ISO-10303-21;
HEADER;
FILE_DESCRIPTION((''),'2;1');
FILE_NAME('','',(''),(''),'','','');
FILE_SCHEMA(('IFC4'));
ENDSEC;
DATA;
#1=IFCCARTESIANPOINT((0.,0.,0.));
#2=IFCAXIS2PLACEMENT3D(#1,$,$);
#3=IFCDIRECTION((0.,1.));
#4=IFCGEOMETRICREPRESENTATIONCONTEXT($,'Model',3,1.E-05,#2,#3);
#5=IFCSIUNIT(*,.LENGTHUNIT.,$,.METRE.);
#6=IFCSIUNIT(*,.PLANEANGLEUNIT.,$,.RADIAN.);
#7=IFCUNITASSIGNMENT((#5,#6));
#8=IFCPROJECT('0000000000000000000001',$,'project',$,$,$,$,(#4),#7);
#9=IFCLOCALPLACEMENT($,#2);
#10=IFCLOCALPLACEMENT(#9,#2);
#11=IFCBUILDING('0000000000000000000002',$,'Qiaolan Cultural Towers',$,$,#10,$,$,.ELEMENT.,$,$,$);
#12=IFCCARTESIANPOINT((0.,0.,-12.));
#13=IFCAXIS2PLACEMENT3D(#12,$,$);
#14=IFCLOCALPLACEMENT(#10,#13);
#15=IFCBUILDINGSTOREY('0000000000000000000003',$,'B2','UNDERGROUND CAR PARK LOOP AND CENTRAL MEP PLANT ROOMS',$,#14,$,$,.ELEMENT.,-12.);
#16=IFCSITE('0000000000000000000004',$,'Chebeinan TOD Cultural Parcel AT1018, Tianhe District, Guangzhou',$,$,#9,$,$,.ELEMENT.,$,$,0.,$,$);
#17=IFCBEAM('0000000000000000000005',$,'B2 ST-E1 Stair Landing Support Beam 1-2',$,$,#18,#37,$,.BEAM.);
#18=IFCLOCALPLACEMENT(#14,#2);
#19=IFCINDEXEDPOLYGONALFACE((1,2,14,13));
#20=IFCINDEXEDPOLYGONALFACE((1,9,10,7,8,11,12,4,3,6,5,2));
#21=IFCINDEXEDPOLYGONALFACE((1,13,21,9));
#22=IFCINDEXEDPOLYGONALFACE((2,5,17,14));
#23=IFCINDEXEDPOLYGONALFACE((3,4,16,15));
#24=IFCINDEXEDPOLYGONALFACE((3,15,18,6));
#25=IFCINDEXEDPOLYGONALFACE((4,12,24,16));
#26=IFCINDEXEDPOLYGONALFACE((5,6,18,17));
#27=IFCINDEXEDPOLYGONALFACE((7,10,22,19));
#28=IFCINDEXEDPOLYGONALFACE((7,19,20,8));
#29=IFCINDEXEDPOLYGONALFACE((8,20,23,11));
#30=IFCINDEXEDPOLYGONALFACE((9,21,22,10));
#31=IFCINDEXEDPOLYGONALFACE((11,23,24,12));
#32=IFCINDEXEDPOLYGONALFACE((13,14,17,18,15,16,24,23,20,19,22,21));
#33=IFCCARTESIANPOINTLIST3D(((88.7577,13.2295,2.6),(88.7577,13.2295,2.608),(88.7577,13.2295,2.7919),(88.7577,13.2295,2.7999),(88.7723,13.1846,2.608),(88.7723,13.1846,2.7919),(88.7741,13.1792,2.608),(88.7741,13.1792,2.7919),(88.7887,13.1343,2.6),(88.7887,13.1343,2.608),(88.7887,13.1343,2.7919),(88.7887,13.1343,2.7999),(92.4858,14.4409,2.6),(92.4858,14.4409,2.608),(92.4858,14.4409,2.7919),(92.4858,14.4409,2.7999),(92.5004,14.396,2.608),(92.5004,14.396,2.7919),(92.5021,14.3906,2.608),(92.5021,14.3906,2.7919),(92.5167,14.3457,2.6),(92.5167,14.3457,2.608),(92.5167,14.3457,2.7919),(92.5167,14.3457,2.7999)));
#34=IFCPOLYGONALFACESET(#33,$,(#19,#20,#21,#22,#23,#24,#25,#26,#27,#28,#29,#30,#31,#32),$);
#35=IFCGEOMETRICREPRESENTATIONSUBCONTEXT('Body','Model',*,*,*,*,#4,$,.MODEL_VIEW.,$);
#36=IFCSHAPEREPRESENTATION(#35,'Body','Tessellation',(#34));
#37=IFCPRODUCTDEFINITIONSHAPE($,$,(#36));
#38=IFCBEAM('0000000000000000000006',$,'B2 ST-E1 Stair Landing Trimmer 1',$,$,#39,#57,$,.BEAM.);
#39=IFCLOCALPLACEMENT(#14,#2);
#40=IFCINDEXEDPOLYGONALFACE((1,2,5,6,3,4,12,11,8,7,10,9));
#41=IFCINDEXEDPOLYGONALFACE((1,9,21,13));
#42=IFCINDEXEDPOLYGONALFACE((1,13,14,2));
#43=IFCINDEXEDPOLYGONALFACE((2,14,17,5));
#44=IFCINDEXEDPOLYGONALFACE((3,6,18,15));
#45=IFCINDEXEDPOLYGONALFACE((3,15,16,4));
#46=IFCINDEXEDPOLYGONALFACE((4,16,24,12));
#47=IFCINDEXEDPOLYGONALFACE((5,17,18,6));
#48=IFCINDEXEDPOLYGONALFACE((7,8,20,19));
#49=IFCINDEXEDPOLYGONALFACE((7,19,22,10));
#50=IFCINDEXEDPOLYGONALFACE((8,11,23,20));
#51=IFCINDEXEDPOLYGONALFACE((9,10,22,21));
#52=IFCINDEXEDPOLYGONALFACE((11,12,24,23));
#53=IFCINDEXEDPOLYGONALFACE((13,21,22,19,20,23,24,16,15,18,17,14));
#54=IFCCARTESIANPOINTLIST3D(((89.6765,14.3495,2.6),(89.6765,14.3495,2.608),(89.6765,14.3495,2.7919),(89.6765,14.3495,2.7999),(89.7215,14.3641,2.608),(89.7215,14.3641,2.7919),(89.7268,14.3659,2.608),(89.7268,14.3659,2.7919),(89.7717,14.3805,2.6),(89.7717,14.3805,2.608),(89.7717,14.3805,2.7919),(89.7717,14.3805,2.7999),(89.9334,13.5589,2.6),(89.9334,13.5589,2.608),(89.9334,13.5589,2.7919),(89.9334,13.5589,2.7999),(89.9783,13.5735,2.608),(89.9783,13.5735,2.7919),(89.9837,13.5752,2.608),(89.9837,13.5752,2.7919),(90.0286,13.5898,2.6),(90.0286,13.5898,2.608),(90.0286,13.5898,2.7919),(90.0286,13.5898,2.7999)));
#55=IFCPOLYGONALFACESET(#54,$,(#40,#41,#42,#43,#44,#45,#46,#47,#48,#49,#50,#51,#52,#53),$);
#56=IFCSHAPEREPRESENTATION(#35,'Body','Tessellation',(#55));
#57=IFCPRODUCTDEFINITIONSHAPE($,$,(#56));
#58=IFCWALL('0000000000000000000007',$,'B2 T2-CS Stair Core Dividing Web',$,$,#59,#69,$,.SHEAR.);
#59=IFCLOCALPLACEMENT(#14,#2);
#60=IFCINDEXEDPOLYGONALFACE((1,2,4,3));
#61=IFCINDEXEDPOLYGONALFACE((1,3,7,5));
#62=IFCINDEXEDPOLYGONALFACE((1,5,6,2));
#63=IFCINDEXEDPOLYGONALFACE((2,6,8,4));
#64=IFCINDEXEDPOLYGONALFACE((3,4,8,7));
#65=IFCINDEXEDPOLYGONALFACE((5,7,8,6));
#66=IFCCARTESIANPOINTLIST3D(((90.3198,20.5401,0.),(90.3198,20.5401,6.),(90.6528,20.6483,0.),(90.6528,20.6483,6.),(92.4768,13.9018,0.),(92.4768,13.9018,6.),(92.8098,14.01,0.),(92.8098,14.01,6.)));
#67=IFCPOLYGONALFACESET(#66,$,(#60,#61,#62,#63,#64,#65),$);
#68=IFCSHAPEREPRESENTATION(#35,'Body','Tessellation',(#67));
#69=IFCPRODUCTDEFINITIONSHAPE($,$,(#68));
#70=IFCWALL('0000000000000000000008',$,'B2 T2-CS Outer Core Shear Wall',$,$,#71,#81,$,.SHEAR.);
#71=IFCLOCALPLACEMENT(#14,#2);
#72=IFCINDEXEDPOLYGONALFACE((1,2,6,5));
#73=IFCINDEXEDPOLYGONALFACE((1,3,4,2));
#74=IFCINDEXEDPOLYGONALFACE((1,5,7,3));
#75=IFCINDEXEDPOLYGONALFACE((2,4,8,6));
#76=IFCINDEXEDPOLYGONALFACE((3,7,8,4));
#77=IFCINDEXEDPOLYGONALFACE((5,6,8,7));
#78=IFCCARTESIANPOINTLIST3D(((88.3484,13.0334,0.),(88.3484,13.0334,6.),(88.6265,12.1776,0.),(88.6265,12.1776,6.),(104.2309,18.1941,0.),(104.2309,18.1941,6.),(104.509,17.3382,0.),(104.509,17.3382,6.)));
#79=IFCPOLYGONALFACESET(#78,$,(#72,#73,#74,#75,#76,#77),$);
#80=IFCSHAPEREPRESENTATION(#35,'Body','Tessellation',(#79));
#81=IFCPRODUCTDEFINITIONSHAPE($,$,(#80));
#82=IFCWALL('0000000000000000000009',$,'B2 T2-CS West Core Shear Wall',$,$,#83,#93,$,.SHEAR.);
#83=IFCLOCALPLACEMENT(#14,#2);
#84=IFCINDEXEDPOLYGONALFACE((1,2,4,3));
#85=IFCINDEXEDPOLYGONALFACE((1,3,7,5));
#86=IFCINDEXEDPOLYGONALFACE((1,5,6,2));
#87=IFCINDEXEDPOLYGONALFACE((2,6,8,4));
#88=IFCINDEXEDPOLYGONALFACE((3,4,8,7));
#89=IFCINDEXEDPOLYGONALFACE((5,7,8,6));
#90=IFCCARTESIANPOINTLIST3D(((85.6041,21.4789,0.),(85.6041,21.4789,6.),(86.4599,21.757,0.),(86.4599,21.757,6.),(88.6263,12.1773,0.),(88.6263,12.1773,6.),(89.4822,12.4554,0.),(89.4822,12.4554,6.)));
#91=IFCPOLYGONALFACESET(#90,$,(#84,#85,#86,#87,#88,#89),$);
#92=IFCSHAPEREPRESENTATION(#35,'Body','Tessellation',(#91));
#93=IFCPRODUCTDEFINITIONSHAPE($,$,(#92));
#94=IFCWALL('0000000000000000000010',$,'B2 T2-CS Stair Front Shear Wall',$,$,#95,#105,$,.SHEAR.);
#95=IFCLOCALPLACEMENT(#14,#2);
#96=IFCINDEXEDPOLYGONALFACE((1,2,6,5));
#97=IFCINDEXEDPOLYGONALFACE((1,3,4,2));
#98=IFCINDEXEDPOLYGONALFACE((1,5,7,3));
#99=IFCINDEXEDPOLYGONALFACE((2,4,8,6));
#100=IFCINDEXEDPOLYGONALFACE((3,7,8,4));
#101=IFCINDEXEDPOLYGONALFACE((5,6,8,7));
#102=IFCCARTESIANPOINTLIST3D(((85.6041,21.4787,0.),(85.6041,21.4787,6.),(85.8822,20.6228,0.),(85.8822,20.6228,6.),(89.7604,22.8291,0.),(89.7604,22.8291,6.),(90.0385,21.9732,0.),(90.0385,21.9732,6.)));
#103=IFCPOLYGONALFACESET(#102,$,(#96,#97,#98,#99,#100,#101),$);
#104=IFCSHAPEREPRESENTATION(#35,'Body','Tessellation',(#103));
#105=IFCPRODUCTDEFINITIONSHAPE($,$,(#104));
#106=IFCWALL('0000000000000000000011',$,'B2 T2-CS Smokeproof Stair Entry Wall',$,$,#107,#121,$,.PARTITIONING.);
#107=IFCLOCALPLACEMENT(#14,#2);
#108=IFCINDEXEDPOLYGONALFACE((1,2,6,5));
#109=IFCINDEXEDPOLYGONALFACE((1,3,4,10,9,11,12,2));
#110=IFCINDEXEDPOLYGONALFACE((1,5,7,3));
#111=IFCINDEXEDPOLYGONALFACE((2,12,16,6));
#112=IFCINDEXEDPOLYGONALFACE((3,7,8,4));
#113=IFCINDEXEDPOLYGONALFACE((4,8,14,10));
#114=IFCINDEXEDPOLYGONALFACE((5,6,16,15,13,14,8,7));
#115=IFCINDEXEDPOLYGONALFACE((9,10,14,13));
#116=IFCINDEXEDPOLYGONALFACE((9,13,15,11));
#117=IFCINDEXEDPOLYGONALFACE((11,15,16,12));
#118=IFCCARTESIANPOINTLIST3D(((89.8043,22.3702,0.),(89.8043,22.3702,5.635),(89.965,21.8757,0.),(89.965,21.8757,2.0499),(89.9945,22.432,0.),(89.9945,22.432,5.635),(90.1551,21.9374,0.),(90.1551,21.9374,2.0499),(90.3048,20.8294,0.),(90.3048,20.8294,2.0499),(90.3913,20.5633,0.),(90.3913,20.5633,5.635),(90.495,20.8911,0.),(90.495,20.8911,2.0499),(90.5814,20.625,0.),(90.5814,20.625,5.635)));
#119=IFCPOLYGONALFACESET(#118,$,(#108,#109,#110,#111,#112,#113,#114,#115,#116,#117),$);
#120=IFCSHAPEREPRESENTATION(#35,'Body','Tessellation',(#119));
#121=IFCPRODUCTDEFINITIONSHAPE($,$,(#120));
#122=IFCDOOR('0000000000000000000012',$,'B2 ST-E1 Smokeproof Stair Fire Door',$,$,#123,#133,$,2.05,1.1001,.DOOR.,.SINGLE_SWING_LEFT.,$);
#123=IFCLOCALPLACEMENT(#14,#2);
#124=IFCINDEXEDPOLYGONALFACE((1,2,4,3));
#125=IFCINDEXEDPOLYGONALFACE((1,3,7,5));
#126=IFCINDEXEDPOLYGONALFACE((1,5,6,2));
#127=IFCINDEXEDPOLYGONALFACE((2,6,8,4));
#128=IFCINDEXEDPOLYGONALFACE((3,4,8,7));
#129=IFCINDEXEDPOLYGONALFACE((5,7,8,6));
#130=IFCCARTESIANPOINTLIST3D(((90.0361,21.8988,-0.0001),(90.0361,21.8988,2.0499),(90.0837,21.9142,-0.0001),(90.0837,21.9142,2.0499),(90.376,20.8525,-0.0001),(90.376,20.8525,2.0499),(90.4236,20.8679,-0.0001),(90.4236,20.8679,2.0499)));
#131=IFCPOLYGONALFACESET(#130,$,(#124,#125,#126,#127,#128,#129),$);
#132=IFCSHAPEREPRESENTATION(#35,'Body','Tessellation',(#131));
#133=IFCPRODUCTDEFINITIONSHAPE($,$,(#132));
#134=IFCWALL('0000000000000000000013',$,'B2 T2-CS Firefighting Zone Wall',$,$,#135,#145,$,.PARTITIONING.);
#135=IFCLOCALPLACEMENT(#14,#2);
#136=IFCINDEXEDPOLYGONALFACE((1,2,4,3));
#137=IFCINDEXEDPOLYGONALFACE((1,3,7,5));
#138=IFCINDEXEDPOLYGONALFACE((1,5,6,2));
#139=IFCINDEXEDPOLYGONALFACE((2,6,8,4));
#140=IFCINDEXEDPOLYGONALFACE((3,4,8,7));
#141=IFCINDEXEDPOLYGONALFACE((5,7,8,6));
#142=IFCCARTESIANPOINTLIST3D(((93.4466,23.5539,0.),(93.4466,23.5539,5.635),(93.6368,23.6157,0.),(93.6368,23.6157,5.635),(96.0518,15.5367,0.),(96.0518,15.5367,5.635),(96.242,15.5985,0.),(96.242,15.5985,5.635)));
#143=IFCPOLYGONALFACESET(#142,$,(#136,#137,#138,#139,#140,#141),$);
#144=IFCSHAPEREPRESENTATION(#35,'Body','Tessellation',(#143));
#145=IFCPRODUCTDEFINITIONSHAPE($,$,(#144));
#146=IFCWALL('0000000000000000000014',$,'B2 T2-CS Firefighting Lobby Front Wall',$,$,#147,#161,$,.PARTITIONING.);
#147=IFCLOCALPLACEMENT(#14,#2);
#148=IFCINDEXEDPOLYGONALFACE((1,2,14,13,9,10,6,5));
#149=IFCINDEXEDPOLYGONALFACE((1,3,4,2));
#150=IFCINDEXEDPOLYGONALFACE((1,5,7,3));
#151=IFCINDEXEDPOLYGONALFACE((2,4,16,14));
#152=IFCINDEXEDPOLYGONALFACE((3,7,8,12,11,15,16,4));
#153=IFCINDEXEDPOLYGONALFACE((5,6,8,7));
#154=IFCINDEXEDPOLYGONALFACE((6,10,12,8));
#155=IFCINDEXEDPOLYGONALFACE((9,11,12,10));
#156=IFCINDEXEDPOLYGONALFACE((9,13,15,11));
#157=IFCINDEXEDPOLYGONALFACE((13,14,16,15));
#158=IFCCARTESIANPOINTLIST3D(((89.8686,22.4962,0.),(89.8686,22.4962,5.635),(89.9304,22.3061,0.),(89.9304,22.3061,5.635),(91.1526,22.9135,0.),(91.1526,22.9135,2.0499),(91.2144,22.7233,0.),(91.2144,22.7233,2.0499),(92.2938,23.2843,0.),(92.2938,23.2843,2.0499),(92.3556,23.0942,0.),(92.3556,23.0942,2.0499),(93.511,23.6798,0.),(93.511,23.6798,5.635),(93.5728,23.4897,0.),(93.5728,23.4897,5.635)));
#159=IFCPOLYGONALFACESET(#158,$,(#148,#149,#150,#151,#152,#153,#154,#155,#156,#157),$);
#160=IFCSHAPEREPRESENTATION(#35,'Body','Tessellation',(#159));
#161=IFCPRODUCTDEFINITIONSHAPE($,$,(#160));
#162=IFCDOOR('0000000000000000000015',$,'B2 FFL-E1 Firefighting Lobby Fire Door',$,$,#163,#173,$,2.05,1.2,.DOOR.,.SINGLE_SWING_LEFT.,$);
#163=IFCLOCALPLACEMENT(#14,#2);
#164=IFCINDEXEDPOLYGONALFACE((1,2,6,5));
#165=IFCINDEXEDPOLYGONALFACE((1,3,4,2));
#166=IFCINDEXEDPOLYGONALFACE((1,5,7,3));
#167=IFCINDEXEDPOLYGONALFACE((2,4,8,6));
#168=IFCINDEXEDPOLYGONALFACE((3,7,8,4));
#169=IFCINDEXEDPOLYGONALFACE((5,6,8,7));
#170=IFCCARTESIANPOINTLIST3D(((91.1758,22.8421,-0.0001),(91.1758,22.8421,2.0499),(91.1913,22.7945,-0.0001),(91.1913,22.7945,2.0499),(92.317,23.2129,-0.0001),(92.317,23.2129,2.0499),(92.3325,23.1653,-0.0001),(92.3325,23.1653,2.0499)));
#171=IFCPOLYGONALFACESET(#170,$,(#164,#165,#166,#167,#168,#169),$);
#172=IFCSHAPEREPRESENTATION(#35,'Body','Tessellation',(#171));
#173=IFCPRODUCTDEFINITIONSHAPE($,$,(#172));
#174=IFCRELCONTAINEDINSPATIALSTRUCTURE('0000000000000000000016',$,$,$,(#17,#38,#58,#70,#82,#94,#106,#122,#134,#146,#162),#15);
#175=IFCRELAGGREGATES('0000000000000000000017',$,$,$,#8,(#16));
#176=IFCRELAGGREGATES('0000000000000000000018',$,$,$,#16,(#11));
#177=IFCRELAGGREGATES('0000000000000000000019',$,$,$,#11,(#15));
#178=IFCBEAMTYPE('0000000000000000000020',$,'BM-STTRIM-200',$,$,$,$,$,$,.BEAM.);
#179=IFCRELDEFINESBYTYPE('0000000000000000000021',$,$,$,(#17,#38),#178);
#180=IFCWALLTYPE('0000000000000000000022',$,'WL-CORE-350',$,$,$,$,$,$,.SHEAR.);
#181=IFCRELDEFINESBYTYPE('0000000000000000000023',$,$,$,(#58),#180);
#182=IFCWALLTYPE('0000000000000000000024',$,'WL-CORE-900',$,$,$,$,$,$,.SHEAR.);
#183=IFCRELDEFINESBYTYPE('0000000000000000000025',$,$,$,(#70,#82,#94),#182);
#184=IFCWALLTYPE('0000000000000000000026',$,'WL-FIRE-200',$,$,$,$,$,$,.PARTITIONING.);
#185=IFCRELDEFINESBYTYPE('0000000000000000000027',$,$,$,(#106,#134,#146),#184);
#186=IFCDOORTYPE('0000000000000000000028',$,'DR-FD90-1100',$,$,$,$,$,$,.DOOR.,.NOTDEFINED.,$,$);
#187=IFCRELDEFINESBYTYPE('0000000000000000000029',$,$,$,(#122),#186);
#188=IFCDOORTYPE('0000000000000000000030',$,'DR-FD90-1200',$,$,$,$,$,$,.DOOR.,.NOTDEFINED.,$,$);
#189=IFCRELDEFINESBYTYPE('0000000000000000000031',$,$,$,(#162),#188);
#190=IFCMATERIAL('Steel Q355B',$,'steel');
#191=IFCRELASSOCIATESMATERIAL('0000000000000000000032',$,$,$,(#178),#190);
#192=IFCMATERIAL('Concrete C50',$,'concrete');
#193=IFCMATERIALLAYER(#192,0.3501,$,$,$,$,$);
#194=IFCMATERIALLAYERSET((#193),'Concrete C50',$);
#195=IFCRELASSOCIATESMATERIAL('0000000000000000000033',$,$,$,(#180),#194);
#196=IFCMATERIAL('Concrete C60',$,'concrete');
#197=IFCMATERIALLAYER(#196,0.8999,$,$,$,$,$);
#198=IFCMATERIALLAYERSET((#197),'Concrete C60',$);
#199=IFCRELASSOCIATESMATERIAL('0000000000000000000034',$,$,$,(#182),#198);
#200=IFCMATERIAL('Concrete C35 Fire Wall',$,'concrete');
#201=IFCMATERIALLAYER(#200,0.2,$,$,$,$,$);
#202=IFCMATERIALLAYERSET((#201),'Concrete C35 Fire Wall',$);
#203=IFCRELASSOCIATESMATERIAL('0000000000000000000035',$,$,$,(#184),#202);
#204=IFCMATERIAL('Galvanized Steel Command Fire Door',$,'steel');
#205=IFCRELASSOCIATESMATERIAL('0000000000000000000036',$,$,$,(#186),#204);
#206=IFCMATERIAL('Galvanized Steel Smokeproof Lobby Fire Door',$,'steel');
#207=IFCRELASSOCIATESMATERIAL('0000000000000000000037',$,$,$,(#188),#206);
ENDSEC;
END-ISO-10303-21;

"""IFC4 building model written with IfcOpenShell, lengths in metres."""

from ifc_helpers import new_model, si_unit, direction, frame, frame_2d, origin, origin_2d, place, context, subcontext, project, spatial, rectangle, i_section, extrude, material, layer, layer_set, material_profile, profile_set, type_object, element, fill, save


model = new_model("IFC4")

# Units and contexts
model_context = context("Model", 3, precision=1e-05, world=origin(), true_north=direction((0.0, 1.0)))
body_context = subcontext(model_context, "Body", "Model", "MODEL_VIEW")
ifc_project = project(units=[si_unit("LENGTHUNIT", "METRE"), si_unit("PLANEANGLEUNIT", "RADIAN")], contexts=[model_context])

# Site, building, storey
site_placement = place(None, origin())
site = spatial("IfcSite", under=ifc_project, at=site_placement, Name="Chebeinan TOD Cultural Parcel AT1018, Tianhe District, Guangzhou", CompositionType="ELEMENT", RefElevation=0.0)
building_placement = place(site_placement, origin())
building = spatial("IfcBuilding", under=site, at=building_placement, Name="Qiaolan Cultural Towers", CompositionType="ELEMENT")
storey_placement = place(building_placement, frame((0.0, 0.0, -12.0)))
storey = spatial("IfcBuildingStorey", under=building, at=storey_placement, Name="B2", Description="UNDERGROUND CAR PARK LOOP AND CENTRAL MEP PLANT ROOMS", CompositionType="ELEMENT", Elevation=-12.0)

# Beams
ifc_material_1 = material(Name="Steel Q355B", Category="steel")
ifc_material_profile_1 = material_profile(ifc_material_1, i_section(OverallWidth=0.1001, OverallDepth=0.2, WebThickness=0.0056, FlangeThickness=0.0081, at=origin_2d()), Name="HN200x100x5.5x8")
ifc_profile_set_1 = profile_set([ifc_material_profile_1], Name="Steel Q355B")
beam_type = type_object("IfcBeamType", Name="BM-STTRIM-200", PredefinedType="BEAM", material=ifc_profile_set_1)
beam_1_placement = place(storey_placement, frame((88.7732, 13.1819, 2.7), z_axis=(0.951048, 0.309044, 0.0), x_axis=(-0.309044, 0.951048, 0.0)))
element("IfcBeam", 1, at=beam_1_placement, inside=storey, type_object=beam_type, Name="B2 ST-E1 Stair Landing Support Beam 1-2", PredefinedType="BEAM", context=body_context, shape_type="SweptSolid", body=[
    extrude(i_section(OverallWidth=0.1001, OverallDepth=0.2, WebThickness=0.0056, FlangeThickness=0.0081, at=origin_2d()), origin(), (0.0, 0.0, 1.0), 3.9199),
])
beam_2_placement = place(storey_placement, frame((89.7241, 14.365, 2.7), z_axis=(0.308993, -0.951064, 0.0), x_axis=(0.951064, 0.308993, 0.0)))
element("IfcBeam", 2, at=beam_2_placement, inside=storey, type_object=beam_type, Name="B2 ST-E1 Stair Landing Trimmer 1", PredefinedType="BEAM", context=body_context, shape_type="SweptSolid", body=[
    extrude(i_section(OverallWidth=0.1001, OverallDepth=0.2, WebThickness=0.0056, FlangeThickness=0.0081, at=origin_2d()), origin(), (0.0, 0.0, 1.0), 0.8313),
])

# Walls
ifc_material_2 = material(Name="Concrete C50", Category="concrete")
ifc_layer_1 = layer(ifc_material_2, 0.3501)
ifc_layer_set_1 = layer_set([ifc_layer_1], Name="Concrete C50")
wall_type_1 = type_object("IfcWallType", Name="WL-CORE-350", PredefinedType="SHEAR", material=ifc_layer_set_1)
wall_1_placement = place(storey_placement, frame((90.4863, 20.5942, 0.0), z_axis=(0.0, 0.0, 1.0), x_axis=(0.30902, -0.951055, 0.0)))
element("IfcWall", 3, at=wall_1_placement, inside=storey, type_object=wall_type_1, Name="B2 T2-CS Stair Core Dividing Web", PredefinedType="SHEAR", context=body_context, shape_type="SweptSolid", body=[
    extrude(rectangle(XDim=6.98, YDim=0.3501, at=frame_2d((3.49, 0.0))), origin(), (0.0, 0.0, 1.0), 6.0),
])
ifc_material_3 = material(Name="Concrete C60", Category="concrete")
ifc_layer_2 = layer(ifc_material_3, 0.8999)
ifc_layer_set_2 = layer_set([ifc_layer_2], Name="Concrete C60")
wall_type_2 = type_object("IfcWallType", Name="WL-CORE-900", PredefinedType="SHEAR", material=ifc_layer_set_2)
wall_2_placement = place(storey_placement, frame((88.4873, 12.6055, 0.0), z_axis=(0.0, 0.0, 1.0), x_axis=(0.951055, 0.309022, 0.0)))
element("IfcWall", 4, at=wall_2_placement, inside=storey, type_object=wall_type_2, Name="B2 T2-CS Outer Core Shear Wall", PredefinedType="SHEAR", context=body_context, shape_type="SweptSolid", body=[
    extrude(rectangle(XDim=16.7, YDim=0.8999, at=frame_2d((8.3501, 0.0))), origin(), (0.0, 0.0, 1.0), 6.0),
])
wall_3_placement = place(storey_placement, frame((86.032, 21.6179, 0.0), z_axis=(0.0, 0.0, 1.0), x_axis=(0.309014, -0.951057, 0.0)))
element("IfcWall", 5, at=wall_3_placement, inside=storey, type_object=wall_type_2, Name="B2 T2-CS West Core Shear Wall", PredefinedType="SHEAR", context=body_context, shape_type="SweptSolid", body=[
    extrude(rectangle(XDim=9.7803, YDim=0.8999, at=frame_2d((4.8901, 0.0))), origin(), (0.0, 0.0, 1.0), 6.0),
])
wall_4_placement = place(storey_placement, frame((85.7432, 21.0508, 0.0), z_axis=(0.0, 0.0, 1.0), x_axis=(0.951064, 0.308995, 0.0)))
element("IfcWall", 6, at=wall_4_placement, inside=storey, type_object=wall_type_2, Name="B2 T2-CS Stair Front Shear Wall", PredefinedType="SHEAR", context=body_context, shape_type="SweptSolid", body=[
    extrude(rectangle(XDim=4.3701, YDim=0.8999, at=frame_2d((2.1851, 0.0))), origin(), (0.0, 0.0, 1.0), 6.0),
])

# Wall, opening, door
ifc_material_4 = material(Name="Concrete C35 Fire Wall", Category="concrete")
ifc_layer_3 = layer(ifc_material_4, 0.2)
ifc_layer_set_3 = layer_set([ifc_layer_3], Name="Concrete C35 Fire Wall")
wall_type_3 = type_object("IfcWallType", Name="WL-FIRE-200", PredefinedType="PARTITIONING", material=ifc_layer_set_3)
wall_5_placement = place(storey_placement, frame((89.8994, 22.4011, 0.0), z_axis=(0.0, 0.0, 1.0), x_axis=(0.308932, -0.951084, 0.0)))
wall_5 = element("IfcWall", 7, at=wall_5_placement, inside=storey, type_object=wall_type_3, Name="B2 T2-CS Smokeproof Stair Entry Wall", PredefinedType="PARTITIONING", context=body_context, shape_type="SweptSolid", body=[
    extrude(rectangle(XDim=1.8999, YDim=0.2, at=frame_2d((0.95, 0.0))), origin(), (0.0, 0.0, 1.0), 5.635),
])
opening_1_placement = place(wall_5_placement, frame((0.52, 0.0, 0.0)))
opening_1 = element("IfcOpeningElement", 8, at=opening_1_placement, cuts=wall_5, PredefinedType="OPENING", context=body_context, shape_type="SweptSolid", body=[
    extrude(rectangle(XDim=1.1001, YDim=2.05, at=frame_2d((0.55, 1.0249))), frame((0.0, 0.1099, 0.0), z_axis=(0.0, -1.0, 0.0), x_axis=(1.0, 0.0, 0.0)), (0.0, 0.0, 1.0), 0.22),
])
ifc_material_5 = material(Name="Galvanized Steel Command Fire Door", Category="steel")
door_type_1 = type_object("IfcDoorType", Name="DR-FD90-1100", OperationType="NOTDEFINED", PredefinedType="DOOR", material=ifc_material_5)
door_1_placement = place(opening_1_placement, origin())
door_1 = element("IfcDoor", 9, at=door_1_placement, inside=storey, type_object=door_type_1, Name="B2 ST-E1 Smokeproof Stair Fire Door", OperationType="SINGLE_SWING_LEFT", OverallHeight=2.05, OverallWidth=1.1001, PredefinedType="DOOR", context=body_context, shape_type="SweptSolid", body=[
    extrude(rectangle(XDim=1.1001, YDim=2.05, at=frame_2d((0.55, 1.0249))), frame((0.0, 0.0249, 0.0), z_axis=(0.0, -1.0, 0.0), x_axis=(1.0, 0.0, 0.0)), (0.0, 0.0, 1.0), 0.05),
])
fill(opening_1, door_1)

# Wall
wall_6_placement = place(storey_placement, frame((93.5417, 23.5847, 0.0), z_axis=(0.0, 0.0, 1.0), x_axis=(0.309042, -0.951048, 0.0)))
element("IfcWall", 10, at=wall_6_placement, inside=storey, type_object=wall_type_3, Name="B2 T2-CS Firefighting Zone Wall", PredefinedType="PARTITIONING", context=body_context, shape_type="SweptSolid", body=[
    extrude(rectangle(XDim=8.4299, YDim=0.2, at=frame_2d((4.2148, 0.0))), origin(), (0.0, 0.0, 1.0), 5.635),
])

# Wall, opening, door
wall_7_placement = place(storey_placement, frame((89.8994, 22.4011, 0.0), z_axis=(0.0, 0.0, 1.0), x_axis=(0.951047, 0.309047, 0.0)))
wall_7 = element("IfcWall", 11, at=wall_7_placement, inside=storey, type_object=wall_type_3, Name="B2 T2-CS Firefighting Lobby Front Wall", PredefinedType="PARTITIONING", context=body_context, shape_type="SweptSolid", body=[
    extrude(rectangle(XDim=3.8298, YDim=0.2, at=frame_2d((1.915, 0.0))), origin(), (0.0, 0.0, 1.0), 5.635),
])
opening_2_placement = place(wall_7_placement, frame((1.3501, 0.0, 0.0)))
opening_2 = element("IfcOpeningElement", 12, at=opening_2_placement, cuts=wall_7, PredefinedType="OPENING", context=body_context, shape_type="SweptSolid", body=[
    extrude(rectangle(XDim=1.2, YDim=2.05, at=frame_2d((0.6001, 1.0249))), frame((0.0, 0.1099, 0.0), z_axis=(0.0, -1.0, 0.0), x_axis=(1.0, 0.0, 0.0)), (0.0, 0.0, 1.0), 0.22),
])
ifc_material_6 = material(Name="Galvanized Steel Smokeproof Lobby Fire Door", Category="steel")
door_type_2 = type_object("IfcDoorType", Name="DR-FD90-1200", OperationType="NOTDEFINED", PredefinedType="DOOR", material=ifc_material_6)
door_2_placement = place(opening_2_placement, origin())
door_2 = element("IfcDoor", 13, at=door_2_placement, inside=storey, type_object=door_type_2, Name="B2 FFL-E1 Firefighting Lobby Fire Door", OperationType="SINGLE_SWING_LEFT", OverallHeight=2.05, OverallWidth=1.2, PredefinedType="DOOR", context=body_context, shape_type="SweptSolid", body=[
    extrude(rectangle(XDim=1.2, YDim=2.05, at=frame_2d((0.6001, 1.0249))), frame((0.0, 0.0249, 0.0), z_axis=(0.0, -1.0, 0.0), x_axis=(1.0, 0.0, 0.0)), (0.0, 0.0, 1.0), 0.05),
])
fill(opening_2, door_2)

save(model, "model.ifc")
